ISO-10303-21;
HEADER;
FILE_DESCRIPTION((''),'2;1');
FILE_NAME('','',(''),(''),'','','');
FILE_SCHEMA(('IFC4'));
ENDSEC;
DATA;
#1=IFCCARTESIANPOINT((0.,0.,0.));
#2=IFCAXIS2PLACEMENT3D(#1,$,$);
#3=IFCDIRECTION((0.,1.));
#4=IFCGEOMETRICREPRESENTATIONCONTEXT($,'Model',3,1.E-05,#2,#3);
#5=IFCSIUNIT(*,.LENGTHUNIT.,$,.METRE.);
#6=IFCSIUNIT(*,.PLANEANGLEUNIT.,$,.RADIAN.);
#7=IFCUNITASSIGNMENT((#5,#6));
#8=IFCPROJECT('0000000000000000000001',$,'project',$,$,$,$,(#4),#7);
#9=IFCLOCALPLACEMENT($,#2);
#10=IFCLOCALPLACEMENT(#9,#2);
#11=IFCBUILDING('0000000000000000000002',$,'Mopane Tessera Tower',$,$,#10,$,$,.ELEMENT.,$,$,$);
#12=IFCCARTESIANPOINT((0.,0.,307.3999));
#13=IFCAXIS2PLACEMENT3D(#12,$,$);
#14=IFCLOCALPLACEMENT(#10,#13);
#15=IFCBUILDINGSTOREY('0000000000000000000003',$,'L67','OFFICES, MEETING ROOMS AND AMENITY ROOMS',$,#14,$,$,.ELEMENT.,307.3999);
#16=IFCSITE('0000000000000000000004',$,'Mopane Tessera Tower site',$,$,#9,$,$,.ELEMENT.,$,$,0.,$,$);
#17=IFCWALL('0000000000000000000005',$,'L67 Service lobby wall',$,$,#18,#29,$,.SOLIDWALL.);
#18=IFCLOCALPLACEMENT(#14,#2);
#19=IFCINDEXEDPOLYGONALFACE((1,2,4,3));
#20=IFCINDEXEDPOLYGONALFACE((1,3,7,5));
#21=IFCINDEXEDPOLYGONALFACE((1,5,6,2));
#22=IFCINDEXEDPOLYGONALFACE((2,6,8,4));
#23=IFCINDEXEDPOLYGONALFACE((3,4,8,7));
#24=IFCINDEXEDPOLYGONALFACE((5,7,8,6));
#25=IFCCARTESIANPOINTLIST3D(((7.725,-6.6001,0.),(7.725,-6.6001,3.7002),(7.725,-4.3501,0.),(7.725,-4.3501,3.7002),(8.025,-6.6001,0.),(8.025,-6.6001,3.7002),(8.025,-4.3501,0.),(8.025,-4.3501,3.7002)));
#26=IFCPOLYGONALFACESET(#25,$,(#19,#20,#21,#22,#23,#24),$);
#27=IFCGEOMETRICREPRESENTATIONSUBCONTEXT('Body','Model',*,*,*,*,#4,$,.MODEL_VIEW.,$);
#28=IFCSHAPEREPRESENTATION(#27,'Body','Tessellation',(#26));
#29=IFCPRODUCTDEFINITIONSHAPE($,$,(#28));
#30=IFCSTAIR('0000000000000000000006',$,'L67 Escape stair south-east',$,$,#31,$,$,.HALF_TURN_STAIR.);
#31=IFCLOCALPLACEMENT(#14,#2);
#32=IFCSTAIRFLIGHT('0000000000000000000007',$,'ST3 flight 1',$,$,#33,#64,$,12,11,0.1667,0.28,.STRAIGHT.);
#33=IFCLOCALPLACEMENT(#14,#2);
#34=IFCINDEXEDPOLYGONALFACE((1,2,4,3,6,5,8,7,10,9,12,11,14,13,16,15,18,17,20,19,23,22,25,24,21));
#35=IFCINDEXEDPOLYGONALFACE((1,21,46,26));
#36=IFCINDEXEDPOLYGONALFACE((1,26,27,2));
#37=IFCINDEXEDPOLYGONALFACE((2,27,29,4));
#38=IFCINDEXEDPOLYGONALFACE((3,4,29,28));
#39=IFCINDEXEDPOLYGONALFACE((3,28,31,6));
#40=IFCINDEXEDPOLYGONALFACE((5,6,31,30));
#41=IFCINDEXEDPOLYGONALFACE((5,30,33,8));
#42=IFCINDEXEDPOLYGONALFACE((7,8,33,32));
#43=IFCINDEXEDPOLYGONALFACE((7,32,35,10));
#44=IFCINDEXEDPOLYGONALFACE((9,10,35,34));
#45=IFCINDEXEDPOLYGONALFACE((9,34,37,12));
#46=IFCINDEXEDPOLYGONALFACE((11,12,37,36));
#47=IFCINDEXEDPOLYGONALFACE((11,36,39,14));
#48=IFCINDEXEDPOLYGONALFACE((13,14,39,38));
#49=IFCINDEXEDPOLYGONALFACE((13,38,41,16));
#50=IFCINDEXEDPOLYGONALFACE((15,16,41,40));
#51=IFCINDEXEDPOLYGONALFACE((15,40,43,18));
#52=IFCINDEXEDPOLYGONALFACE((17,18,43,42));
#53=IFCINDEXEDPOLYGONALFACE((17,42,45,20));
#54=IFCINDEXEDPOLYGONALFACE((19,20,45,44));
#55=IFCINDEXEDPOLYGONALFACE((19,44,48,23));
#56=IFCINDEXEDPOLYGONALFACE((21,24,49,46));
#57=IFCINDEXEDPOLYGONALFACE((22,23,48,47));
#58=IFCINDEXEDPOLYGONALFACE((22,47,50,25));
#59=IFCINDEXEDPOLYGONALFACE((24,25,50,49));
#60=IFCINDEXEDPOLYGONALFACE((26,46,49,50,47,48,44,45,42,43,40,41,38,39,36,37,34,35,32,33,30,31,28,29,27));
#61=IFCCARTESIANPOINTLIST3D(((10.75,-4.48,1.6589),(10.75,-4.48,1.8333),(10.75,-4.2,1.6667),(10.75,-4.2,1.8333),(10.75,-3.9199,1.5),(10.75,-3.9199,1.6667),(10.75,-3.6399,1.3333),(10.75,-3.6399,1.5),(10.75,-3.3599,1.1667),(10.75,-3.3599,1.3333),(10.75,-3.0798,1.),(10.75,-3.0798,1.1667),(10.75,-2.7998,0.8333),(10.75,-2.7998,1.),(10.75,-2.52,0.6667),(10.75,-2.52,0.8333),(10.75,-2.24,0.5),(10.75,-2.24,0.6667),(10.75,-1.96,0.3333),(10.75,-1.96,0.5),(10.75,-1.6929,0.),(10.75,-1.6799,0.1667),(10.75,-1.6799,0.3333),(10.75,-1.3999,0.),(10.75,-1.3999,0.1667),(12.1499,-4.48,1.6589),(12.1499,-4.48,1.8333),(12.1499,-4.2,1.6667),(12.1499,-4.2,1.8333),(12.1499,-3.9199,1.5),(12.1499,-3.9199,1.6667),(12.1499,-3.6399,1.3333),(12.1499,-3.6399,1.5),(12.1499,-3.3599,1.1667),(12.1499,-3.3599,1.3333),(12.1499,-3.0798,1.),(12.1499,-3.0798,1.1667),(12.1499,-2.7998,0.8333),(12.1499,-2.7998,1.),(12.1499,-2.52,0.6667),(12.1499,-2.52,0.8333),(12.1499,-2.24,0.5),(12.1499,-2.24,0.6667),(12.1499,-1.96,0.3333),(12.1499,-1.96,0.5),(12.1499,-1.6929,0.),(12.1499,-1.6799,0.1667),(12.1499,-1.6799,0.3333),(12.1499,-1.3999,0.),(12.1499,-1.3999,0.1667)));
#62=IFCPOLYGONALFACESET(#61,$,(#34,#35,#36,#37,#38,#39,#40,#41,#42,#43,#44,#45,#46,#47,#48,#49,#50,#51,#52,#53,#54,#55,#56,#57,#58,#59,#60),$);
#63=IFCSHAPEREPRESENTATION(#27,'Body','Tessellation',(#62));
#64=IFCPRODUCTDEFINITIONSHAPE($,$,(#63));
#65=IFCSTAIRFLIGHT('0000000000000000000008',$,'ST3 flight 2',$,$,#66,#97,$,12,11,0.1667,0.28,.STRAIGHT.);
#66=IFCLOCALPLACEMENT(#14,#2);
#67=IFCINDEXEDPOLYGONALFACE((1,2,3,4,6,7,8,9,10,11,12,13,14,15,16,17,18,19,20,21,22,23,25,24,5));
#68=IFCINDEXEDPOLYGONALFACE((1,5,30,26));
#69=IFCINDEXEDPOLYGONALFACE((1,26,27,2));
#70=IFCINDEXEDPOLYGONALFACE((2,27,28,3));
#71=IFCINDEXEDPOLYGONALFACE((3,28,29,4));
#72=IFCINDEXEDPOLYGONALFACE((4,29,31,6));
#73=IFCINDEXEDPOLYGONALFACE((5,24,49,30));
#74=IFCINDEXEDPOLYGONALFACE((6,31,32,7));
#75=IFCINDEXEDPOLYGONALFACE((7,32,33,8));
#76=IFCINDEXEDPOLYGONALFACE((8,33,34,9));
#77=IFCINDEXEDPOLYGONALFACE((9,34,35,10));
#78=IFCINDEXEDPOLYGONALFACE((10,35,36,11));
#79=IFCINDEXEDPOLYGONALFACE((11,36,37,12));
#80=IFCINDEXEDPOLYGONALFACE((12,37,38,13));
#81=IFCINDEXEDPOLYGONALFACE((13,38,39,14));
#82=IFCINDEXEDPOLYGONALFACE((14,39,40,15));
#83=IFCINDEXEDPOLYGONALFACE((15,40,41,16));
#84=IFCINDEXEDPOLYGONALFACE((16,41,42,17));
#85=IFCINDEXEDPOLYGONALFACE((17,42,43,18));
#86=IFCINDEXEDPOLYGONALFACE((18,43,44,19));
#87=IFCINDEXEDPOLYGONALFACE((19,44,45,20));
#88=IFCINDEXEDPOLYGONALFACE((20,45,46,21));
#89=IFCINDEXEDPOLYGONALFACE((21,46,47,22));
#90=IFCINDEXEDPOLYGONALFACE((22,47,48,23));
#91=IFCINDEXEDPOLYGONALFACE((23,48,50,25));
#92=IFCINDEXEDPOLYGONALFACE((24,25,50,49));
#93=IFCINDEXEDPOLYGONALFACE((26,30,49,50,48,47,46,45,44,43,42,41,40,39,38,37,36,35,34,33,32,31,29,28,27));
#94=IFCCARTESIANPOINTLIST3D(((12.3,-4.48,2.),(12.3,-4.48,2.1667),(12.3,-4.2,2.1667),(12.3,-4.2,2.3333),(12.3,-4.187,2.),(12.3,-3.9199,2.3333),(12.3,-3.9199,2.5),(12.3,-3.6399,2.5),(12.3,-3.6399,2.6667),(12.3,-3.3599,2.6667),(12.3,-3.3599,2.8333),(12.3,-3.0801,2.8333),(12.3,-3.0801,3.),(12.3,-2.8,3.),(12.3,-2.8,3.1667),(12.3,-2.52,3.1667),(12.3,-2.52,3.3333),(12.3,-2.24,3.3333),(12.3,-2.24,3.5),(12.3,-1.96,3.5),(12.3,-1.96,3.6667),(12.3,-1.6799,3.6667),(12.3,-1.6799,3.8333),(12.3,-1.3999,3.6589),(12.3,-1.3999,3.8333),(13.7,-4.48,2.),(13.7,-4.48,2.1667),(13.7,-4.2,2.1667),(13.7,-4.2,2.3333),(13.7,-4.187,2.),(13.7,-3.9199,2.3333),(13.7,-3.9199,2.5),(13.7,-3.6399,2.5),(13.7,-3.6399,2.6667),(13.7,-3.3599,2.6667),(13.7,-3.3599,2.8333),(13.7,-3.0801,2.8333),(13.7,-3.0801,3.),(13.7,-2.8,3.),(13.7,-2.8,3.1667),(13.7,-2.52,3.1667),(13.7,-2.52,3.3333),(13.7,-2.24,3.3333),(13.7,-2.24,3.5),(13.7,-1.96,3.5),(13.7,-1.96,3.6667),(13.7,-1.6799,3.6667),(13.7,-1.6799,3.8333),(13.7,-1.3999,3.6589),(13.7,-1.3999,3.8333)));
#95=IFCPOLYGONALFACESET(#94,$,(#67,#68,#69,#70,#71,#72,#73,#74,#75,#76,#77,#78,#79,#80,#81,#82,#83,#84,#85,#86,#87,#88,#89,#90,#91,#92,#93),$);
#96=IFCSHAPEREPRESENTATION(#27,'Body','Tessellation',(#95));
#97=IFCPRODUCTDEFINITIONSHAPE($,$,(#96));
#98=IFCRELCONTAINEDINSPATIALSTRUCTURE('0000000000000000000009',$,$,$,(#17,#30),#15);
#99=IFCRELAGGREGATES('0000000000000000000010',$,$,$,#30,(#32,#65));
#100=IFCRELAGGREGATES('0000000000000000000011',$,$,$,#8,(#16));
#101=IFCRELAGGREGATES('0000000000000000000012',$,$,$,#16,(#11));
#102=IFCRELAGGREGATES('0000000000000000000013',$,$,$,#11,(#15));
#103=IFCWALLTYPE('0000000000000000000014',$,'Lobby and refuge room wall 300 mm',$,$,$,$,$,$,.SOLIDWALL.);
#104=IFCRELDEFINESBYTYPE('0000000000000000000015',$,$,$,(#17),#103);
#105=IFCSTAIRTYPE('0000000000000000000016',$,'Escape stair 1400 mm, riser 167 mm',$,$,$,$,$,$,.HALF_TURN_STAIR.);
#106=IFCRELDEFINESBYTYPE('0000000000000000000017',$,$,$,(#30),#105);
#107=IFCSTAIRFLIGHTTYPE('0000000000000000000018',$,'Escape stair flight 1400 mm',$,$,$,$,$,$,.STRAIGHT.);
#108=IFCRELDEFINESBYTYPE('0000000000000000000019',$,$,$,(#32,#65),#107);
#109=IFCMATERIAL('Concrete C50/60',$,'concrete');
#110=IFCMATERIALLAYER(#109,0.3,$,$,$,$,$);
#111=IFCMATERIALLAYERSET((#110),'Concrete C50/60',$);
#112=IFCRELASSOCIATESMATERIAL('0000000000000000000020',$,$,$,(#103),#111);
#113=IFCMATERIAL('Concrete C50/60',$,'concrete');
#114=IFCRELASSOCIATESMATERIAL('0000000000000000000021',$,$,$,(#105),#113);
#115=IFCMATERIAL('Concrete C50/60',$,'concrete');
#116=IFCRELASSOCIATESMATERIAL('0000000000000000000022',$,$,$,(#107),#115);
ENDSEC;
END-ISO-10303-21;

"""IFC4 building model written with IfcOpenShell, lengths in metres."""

from ifc_helpers import new_model, si_unit, direction, frame, frame_2d, origin, place, context, subcontext, project, spatial, polyline, rectangle, outline, extrude, material, layer, layer_set, type_object, element, aggregate, save


model = new_model("IFC4")

# Units and contexts
model_context = context("Model", 3, precision=1e-05, world=origin(), true_north=direction((0.0, 1.0)))
body_context = subcontext(model_context, "Body", "Model", "MODEL_VIEW")
ifc_project = project(units=[si_unit("LENGTHUNIT", "METRE"), si_unit("PLANEANGLEUNIT", "RADIAN")], contexts=[model_context])

# Site, building, storey
site_placement = place(None, origin())
site = spatial("IfcSite", under=ifc_project, at=site_placement, Name="Mopane Tessera Tower site", CompositionType="ELEMENT", RefElevation=0.0)
building_placement = place(site_placement, origin())
building = spatial("IfcBuilding", under=site, at=building_placement, Name="Mopane Tessera Tower", CompositionType="ELEMENT")
storey_placement = place(building_placement, frame((0.0, 0.0, 307.3999)))
storey = spatial("IfcBuildingStorey", under=building, at=storey_placement, Name="L67", Description="OFFICES, MEETING ROOMS AND AMENITY ROOMS", CompositionType="ELEMENT", Elevation=307.3999)

# Wall
ifc_material_1 = material(Name="Concrete C50/60", Category="concrete")
ifc_layer_1 = layer(ifc_material_1, 0.3)
ifc_layer_set_1 = layer_set([ifc_layer_1], Name="Concrete C50/60")
wall_type_1 = type_object("IfcWallType", Name="Lobby and refuge room wall 300 mm", PredefinedType="SOLIDWALL", material=ifc_layer_set_1)
for number, where, z_axis, x_axis, name in (
    (1, (7.875, -6.6001, 0.0), (0.0, 0.0, 1.0), (0.0, 1.0, 0.0), "L67 Service lobby wall"),
):
    element("IfcWall", number, at=place(storey_placement, frame(where, z_axis=z_axis, x_axis=x_axis)), inside=storey, type_object=wall_type_1, Name=name, PredefinedType="SOLIDWALL", context=body_context, shape_type="SweptSolid", body=[
        extrude(rectangle(XDim=2.25, YDim=0.3, at=frame_2d((1.125, 0.0))), origin(), (0.0, 0.0, 1.0), 3.7002),
    ])

# Stair, stair flights
ifc_material_2 = material(Name="Concrete C50/60", Category="concrete")
stair_type = type_object("IfcStairType", Name="Escape stair 1400 mm, riser 167 mm", PredefinedType="HALF_TURN_STAIR", material=ifc_material_2)
stair_placement = place(storey_placement, origin())
stair = element("IfcStair", 2, at=stair_placement, inside=storey, type_object=stair_type, Name="L67 Escape stair south-east", PredefinedType="HALF_TURN_STAIR")
ifc_material_3 = material(Name="Concrete C50/60", Category="concrete")
stair_flight_type = type_object("IfcStairFlightType", Name="Escape stair flight 1400 mm", PredefinedType="STRAIGHT", material=ifc_material_3)
stair_flight_1_placement = place(storey_placement, frame((11.45, -1.3999, 0.0), z_axis=(0.0, 0.0, 1.0), x_axis=(0.0, -1.0, 0.0)))
stair_flight_1 = element("IfcStairFlight", 3, at=stair_flight_1_placement, type_object=stair_flight_type, Name="ST3 flight 1", NumberOfRisers=12, NumberOfTreads=11, PredefinedType="STRAIGHT", RiserHeight=0.1667, TreadLength=0.28, context=body_context, shape_type="SweptSolid", body=[
    extrude(outline(polyline([(0.0, 0.0), (0.0, 0.1667), (0.28, 0.1667), (0.28, 0.3333), (0.5601, 0.3333), (0.5601, 0.5), (0.8401, 0.5), (0.8401, 0.6667), (1.1201, 0.6667), (1.1201, 0.8333), (1.3999, 0.8333), (1.3999, 1.0), (1.6799, 1.0), (1.6799, 1.1667), (1.96, 1.1667), (1.96, 1.3333), (2.24, 1.3333), (2.24, 1.5), (2.52, 1.5), (2.52, 1.6667), (2.8, 1.6667), (2.8, 1.8333), (3.0801, 1.8333), (3.0801, 2.0), (3.0801, 1.6589), (0.293, 0.0), (0.0, 0.0)])), frame((0.0, 0.7, 0.0), z_axis=(0.0, -1.0, 0.0), x_axis=(1.0, 0.0, 0.0)), (0.0, 0.0, 1.0), 1.3999),
])
stair_flight_2_placement = place(storey_placement, frame((13.0, -4.48, 2.0), z_axis=(0.0, 0.0, 1.0), x_axis=(0.0, 1.0, 0.0)))
stair_flight_2 = element("IfcStairFlight", 4, at=stair_flight_2_placement, type_object=stair_flight_type, Name="ST3 flight 2", NumberOfRisers=12, NumberOfTreads=11, PredefinedType="STRAIGHT", RiserHeight=0.1667, TreadLength=0.28, context=body_context, shape_type="SweptSolid", body=[
    extrude(outline(polyline([(0.0, 0.0), (0.0, 0.1667), (0.28, 0.1667), (0.28, 0.3333), (0.5601, 0.3333), (0.5601, 0.5), (0.8401, 0.5), (0.8401, 0.6667), (1.1201, 0.6667), (1.1201, 0.8333), (1.3999, 0.8333), (1.3999, 1.0), (1.6799, 1.0), (1.6799, 1.1667), (1.96, 1.1667), (1.96, 1.3333), (2.24, 1.3333), (2.24, 1.5), (2.52, 1.5), (2.52, 1.6667), (2.8, 1.6667), (2.8, 1.8333), (3.0801, 1.8333), (3.0801, 2.0), (3.0801, 1.6589), (0.293, 0.0), (0.0, 0.0)])), frame((0.0, 0.7, 0.0), z_axis=(0.0, -1.0, 0.0), x_axis=(1.0, 0.0, 0.0)), (0.0, 0.0, 1.0), 1.3999),
])
aggregate(stair, [stair_flight_1, stair_flight_2])

save(model, "model.ifc")
